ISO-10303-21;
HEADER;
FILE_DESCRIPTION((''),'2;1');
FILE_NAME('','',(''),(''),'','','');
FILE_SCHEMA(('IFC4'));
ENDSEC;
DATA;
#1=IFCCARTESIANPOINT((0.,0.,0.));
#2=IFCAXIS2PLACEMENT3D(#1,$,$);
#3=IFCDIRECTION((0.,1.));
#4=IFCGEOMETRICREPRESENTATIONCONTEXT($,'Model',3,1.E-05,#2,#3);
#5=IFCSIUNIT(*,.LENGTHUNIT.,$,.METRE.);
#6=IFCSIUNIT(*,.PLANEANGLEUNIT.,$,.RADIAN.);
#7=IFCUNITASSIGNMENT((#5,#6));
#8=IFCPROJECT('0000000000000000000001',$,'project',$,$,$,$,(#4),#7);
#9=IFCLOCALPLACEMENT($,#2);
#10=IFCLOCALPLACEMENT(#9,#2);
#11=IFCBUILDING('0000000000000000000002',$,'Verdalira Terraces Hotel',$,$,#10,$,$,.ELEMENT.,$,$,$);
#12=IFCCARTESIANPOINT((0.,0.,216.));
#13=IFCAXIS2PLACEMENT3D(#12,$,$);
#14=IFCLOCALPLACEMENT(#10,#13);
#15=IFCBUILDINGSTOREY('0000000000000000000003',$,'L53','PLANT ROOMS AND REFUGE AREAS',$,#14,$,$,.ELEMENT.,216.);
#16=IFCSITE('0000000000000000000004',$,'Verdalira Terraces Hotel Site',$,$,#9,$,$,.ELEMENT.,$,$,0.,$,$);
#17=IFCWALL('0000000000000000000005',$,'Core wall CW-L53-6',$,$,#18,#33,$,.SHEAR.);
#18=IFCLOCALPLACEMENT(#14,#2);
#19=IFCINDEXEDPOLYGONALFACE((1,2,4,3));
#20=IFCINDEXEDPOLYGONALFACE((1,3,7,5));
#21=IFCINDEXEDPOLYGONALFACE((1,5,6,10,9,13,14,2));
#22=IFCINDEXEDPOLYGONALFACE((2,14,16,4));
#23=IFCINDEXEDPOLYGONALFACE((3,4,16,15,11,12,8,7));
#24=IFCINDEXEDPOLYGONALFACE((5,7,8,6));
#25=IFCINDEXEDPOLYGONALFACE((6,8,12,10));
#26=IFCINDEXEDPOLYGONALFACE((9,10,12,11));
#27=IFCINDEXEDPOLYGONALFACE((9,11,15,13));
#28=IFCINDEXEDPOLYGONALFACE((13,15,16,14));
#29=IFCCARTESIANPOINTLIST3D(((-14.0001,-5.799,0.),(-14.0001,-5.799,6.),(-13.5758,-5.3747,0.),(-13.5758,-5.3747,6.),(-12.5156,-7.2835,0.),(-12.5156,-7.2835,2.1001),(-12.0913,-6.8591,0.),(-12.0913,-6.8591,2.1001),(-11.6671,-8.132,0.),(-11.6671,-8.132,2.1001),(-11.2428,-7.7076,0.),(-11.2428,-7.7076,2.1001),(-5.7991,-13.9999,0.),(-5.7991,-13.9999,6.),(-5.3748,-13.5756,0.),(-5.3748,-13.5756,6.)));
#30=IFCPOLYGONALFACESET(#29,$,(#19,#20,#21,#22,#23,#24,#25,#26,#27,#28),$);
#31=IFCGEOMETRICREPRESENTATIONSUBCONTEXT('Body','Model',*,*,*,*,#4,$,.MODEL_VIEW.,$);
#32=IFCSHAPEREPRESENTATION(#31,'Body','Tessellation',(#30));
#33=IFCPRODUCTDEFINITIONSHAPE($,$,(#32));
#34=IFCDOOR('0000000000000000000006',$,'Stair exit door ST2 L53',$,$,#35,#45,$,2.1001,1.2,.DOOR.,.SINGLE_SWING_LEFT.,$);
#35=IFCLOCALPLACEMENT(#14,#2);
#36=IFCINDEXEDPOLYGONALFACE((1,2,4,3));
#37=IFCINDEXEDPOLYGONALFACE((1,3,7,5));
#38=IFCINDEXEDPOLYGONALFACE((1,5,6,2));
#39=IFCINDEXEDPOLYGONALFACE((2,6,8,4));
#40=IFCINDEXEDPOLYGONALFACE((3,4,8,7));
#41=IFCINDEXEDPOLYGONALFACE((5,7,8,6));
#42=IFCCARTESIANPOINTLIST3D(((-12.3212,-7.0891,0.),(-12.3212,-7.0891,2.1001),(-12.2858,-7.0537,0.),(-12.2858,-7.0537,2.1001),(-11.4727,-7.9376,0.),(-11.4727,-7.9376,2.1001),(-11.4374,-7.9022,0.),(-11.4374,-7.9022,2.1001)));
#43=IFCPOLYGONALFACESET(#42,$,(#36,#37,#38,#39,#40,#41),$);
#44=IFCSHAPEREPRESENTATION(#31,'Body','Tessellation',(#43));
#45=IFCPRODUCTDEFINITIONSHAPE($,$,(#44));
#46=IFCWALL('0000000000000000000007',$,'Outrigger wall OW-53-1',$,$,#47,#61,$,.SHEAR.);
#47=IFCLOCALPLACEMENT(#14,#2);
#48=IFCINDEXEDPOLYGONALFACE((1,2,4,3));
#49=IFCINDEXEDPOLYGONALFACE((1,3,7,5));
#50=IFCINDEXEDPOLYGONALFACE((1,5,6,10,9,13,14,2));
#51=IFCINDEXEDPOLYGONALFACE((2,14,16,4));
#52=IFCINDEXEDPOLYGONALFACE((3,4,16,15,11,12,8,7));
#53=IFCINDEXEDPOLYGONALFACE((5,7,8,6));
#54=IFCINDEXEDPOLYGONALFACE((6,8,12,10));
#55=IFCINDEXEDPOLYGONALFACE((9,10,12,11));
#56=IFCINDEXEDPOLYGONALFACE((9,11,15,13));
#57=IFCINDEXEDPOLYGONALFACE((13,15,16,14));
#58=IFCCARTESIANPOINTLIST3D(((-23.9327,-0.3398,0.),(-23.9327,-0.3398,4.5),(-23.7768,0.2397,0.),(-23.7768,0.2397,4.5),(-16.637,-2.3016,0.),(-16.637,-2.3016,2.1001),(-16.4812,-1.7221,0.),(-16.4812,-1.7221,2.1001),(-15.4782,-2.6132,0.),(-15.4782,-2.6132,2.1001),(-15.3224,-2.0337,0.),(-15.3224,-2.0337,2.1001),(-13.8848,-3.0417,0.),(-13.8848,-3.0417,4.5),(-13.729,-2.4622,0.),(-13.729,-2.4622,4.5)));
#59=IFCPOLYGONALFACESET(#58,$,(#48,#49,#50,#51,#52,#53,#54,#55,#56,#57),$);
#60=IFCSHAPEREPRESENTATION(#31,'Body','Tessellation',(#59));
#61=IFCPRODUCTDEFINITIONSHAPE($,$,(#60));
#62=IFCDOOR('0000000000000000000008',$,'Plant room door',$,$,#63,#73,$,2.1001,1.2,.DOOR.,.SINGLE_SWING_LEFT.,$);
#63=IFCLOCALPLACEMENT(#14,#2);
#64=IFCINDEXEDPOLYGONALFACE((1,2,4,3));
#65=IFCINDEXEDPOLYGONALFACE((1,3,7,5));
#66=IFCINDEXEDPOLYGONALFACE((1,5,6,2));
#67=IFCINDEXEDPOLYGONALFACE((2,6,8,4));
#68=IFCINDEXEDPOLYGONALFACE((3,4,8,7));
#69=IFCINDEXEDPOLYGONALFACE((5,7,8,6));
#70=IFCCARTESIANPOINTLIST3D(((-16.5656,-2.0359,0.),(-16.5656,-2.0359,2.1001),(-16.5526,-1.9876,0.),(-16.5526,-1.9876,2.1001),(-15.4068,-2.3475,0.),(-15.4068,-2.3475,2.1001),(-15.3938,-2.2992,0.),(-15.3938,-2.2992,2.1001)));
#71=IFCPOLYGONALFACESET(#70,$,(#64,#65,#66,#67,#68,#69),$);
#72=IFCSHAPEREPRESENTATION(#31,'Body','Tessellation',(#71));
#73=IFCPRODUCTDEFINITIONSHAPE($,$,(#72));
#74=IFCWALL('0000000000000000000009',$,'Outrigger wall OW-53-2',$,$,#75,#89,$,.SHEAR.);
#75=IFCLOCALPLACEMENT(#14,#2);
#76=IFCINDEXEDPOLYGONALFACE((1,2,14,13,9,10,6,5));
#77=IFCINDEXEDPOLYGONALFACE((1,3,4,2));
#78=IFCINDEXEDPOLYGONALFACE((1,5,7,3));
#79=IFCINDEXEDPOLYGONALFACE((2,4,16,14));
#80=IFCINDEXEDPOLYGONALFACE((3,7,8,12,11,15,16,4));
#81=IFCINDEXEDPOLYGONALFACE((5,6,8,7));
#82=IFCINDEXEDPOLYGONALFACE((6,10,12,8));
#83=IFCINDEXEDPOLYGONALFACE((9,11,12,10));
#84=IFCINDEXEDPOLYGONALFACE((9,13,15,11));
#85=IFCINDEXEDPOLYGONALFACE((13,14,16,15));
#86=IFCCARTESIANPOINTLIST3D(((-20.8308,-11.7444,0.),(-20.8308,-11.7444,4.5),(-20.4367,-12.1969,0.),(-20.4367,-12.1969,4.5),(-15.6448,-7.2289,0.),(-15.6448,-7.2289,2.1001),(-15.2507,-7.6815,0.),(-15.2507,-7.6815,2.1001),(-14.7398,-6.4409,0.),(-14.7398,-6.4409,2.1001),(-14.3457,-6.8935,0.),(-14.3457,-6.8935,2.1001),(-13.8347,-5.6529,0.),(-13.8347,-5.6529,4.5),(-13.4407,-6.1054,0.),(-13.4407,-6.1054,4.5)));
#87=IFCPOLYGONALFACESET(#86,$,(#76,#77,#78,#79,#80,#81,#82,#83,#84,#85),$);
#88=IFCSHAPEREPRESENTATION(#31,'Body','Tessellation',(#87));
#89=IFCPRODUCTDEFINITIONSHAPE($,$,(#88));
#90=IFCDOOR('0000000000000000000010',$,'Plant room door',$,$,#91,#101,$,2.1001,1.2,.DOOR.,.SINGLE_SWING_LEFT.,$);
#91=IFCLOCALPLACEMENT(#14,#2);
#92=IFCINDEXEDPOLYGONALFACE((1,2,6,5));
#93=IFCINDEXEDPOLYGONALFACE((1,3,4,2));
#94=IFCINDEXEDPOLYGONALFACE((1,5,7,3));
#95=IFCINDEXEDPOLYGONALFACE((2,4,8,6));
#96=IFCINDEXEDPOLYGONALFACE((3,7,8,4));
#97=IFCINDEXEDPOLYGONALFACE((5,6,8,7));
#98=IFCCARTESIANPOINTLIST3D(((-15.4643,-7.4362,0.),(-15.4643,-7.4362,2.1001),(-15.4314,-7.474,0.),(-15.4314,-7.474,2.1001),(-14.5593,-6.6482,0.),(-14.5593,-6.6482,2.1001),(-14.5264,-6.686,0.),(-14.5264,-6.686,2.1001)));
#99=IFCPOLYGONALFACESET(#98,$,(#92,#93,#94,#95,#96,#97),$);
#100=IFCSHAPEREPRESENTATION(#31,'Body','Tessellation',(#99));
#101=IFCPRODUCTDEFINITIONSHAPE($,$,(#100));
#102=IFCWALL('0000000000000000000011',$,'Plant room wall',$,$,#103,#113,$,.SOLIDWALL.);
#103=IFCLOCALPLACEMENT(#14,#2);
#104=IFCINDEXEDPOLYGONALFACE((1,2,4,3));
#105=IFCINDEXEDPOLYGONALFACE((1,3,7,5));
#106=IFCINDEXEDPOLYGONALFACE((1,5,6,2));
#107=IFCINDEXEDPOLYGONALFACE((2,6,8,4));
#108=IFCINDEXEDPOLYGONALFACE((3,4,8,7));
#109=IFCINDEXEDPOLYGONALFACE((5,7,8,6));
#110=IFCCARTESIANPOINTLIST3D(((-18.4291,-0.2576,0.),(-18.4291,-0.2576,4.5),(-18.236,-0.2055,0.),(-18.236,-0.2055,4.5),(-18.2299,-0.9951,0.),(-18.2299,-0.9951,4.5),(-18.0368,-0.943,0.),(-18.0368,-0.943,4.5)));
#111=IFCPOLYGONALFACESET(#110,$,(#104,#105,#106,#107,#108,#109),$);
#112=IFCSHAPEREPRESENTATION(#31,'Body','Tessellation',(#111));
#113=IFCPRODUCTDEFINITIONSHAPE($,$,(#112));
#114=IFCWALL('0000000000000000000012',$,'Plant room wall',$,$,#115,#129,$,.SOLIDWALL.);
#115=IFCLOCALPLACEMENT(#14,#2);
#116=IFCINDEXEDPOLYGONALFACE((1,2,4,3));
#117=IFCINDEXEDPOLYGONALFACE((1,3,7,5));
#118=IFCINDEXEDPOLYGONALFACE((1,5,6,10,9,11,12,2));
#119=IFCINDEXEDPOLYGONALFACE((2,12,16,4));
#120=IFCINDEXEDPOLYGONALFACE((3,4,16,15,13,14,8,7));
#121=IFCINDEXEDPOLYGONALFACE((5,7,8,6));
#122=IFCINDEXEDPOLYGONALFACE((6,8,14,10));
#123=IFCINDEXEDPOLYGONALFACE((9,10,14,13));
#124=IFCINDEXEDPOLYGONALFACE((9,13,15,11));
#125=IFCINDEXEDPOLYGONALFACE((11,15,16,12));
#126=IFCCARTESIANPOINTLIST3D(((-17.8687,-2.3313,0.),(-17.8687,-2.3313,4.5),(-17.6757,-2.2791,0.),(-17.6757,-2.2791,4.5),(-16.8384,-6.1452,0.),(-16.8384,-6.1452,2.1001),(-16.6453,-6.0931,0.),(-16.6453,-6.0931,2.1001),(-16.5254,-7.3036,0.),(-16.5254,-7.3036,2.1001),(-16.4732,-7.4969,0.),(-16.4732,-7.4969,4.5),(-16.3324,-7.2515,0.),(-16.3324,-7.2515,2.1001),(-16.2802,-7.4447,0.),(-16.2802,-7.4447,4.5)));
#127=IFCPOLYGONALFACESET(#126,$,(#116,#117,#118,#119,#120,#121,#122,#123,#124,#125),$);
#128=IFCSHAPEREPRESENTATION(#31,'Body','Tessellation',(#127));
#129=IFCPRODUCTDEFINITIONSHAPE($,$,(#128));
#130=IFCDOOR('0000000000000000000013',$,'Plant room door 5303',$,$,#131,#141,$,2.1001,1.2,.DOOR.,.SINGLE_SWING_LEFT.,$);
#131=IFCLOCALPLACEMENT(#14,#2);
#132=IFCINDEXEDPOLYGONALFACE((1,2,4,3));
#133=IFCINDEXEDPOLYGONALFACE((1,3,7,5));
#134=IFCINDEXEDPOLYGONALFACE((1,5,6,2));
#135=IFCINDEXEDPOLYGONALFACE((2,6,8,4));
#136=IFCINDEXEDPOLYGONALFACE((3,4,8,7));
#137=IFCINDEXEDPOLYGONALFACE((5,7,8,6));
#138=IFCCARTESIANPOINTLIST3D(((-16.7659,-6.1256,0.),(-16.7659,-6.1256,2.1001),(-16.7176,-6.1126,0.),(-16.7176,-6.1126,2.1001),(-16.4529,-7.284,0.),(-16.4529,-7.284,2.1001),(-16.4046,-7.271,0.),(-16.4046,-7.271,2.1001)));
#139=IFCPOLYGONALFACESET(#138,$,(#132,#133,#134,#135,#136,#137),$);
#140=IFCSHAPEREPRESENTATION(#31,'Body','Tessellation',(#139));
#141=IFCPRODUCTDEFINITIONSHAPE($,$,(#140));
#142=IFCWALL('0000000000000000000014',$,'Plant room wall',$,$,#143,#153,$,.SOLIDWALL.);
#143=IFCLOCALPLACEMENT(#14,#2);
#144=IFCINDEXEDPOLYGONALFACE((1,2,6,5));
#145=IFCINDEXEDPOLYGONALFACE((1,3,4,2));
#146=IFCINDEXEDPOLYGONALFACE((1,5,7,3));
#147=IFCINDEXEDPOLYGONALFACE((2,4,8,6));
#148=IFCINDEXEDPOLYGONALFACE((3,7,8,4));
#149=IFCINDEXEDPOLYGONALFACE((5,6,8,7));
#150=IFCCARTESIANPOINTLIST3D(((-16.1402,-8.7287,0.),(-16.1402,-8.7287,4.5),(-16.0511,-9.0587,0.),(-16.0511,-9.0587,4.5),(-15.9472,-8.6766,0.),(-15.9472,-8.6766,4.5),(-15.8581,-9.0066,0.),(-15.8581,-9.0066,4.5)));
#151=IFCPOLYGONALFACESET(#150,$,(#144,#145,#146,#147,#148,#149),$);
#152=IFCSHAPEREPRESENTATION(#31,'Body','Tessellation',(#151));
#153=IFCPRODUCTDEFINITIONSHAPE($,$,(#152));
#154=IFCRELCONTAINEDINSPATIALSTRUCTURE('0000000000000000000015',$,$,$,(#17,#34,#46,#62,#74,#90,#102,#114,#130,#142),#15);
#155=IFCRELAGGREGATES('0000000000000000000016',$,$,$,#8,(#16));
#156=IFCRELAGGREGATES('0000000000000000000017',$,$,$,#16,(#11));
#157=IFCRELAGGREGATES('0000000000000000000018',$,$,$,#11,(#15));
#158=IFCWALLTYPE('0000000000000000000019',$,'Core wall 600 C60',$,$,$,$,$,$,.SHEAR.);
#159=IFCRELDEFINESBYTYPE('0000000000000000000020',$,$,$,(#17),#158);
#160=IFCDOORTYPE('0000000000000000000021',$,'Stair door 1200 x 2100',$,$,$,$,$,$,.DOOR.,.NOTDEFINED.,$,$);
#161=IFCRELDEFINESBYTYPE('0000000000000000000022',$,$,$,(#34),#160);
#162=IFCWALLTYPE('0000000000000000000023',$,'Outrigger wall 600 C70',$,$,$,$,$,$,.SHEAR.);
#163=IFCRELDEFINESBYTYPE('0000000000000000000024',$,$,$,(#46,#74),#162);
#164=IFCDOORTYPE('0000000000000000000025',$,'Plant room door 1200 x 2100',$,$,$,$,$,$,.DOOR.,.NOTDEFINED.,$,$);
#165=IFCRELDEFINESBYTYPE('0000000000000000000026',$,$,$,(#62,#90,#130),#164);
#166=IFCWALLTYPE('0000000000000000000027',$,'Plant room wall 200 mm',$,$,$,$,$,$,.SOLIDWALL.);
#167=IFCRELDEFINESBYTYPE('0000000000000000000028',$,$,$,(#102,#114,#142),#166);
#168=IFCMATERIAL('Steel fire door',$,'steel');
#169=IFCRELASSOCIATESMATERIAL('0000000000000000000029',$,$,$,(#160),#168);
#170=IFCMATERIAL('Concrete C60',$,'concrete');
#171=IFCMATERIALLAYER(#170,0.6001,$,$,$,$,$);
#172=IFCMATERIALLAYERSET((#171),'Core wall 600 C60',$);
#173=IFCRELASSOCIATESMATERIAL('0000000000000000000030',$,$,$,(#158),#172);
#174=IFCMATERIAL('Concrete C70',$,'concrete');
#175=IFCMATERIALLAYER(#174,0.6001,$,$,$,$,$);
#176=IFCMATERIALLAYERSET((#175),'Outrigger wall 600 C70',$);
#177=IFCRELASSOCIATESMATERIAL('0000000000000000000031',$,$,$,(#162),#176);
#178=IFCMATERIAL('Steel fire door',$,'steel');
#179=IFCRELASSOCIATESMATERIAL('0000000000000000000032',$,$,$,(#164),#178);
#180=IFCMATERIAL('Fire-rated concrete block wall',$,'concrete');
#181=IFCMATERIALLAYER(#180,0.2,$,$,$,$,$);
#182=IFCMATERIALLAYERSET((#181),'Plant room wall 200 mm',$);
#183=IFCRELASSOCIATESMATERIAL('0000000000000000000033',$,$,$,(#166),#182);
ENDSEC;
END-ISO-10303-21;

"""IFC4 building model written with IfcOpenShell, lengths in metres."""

from ifc_helpers import new_model, si_unit, direction, frame, frame_2d, origin, place, context, subcontext, project, spatial, rectangle, extrude, material, layer, layer_set, type_object, element, fill, save


model = new_model("IFC4")

# Units and contexts
model_context = context("Model", 3, precision=1e-05, world=origin(), true_north=direction((0.0, 1.0)))
body_context = subcontext(model_context, "Body", "Model", "MODEL_VIEW")
ifc_project = project(units=[si_unit("LENGTHUNIT", "METRE"), si_unit("PLANEANGLEUNIT", "RADIAN")], contexts=[model_context])

# Site, building, storey
site_placement = place(None, origin())
site = spatial("IfcSite", under=ifc_project, at=site_placement, Name="Verdalira Terraces Hotel Site", CompositionType="ELEMENT", RefElevation=0.0)
building_placement = place(site_placement, origin())
building = spatial("IfcBuilding", under=site, at=building_placement, Name="Verdalira Terraces Hotel", CompositionType="ELEMENT")
storey_placement = place(building_placement, frame((0.0, 0.0, 216.0)))
storey = spatial("IfcBuildingStorey", under=building, at=storey_placement, Name="L53", Description="PLANT ROOMS AND REFUGE AREAS", CompositionType="ELEMENT", Elevation=216.0)

# Shared definitions
ifc_material_1 = material(Name="Steel fire door", Category="steel")
door_type_1 = type_object("IfcDoorType", Name="Stair door 1200 x 2100", OperationType="NOTDEFINED", PredefinedType="DOOR", material=ifc_material_1)

# Walls, openings, doors
ifc_material_2 = material(Name="Concrete C60", Category="concrete")
ifc_layer_1 = layer(ifc_material_2, 0.6001)
ifc_layer_set_1 = layer_set([ifc_layer_1], Name="Core wall 600 C60")
wall_type_1 = type_object("IfcWallType", Name="Core wall 600 C60", PredefinedType="SHEAR", material=ifc_layer_set_1)
wall_1_placement = place(storey_placement, frame((-13.7878, -5.5869, 0.0), z_axis=(0.0, 0.0, 1.0), x_axis=(0.707107, -0.707107, 0.0)))
wall_1 = element("IfcWall", 1, at=wall_1_placement, inside=storey, type_object=wall_type_1, Name="Core wall CW-L53-6", PredefinedType="SHEAR", context=body_context, shape_type="SweptSolid", body=[
    extrude(rectangle(XDim=11.5979, YDim=0.6001, at=frame_2d((5.7988, 0.0))), origin(), (0.0, 0.0, 1.0), 6.0),
])
opening_1_placement = place(wall_1_placement, frame((2.0991, 0.0, 0.0)))
opening_1 = element("IfcOpeningElement", 2, at=opening_1_placement, cuts=wall_1, PredefinedType="OPENING", context=body_context, shape_type="SweptSolid", body=[
    extrude(rectangle(XDim=1.2, YDim=2.1001, at=frame_2d((0.6001, 1.05))), frame((0.0, 0.3101, 0.0), z_axis=(0.0, -1.0, 0.0), x_axis=(1.0, 0.0, 0.0)), (0.0, 0.0, 1.0), 0.6201),
])
door_1_placement = place(opening_1_placement, origin())
door_1 = element("IfcDoor", 3, at=door_1_placement, inside=storey, type_object=door_type_1, Name="Stair exit door ST2 L53", OperationType="SINGLE_SWING_LEFT", OverallHeight=2.1001, OverallWidth=1.2, PredefinedType="DOOR", context=body_context, shape_type="SweptSolid", body=[
    extrude(rectangle(XDim=1.2, YDim=2.1001, at=frame_2d((0.6001, 1.05))), frame((0.0, 0.0249, 0.0), z_axis=(0.0, -1.0, 0.0), x_axis=(1.0, 0.0, 0.0)), (0.0, 0.0, 1.0), 0.05),
])
fill(opening_1, door_1)
ifc_material_3 = material(Name="Concrete C70", Category="concrete")
ifc_layer_2 = layer(ifc_material_3, 0.6001)
ifc_layer_set_2 = layer_set([ifc_layer_2], Name="Outrigger wall 600 C70")
wall_type_2 = type_object("IfcWallType", Name="Outrigger wall 600 C70", PredefinedType="SHEAR", material=ifc_layer_set_2)
wall_2_placement = place(storey_placement, frame((-13.8069, -2.752, 0.0), z_axis=(0.0, 0.0, 1.0), x_axis=(-0.965695, 0.259679, 0.0)))
wall_2 = element("IfcWall", 4, at=wall_2_placement, inside=storey, type_object=wall_type_2, Name="Outrigger wall OW-53-1", PredefinedType="SHEAR", context=body_context, shape_type="SweptSolid", body=[
    extrude(rectangle(XDim=10.4048, YDim=0.6001, at=frame_2d((5.2024, 0.0))), origin(), (0.0, 0.0, 1.0), 4.5),
])
opening_2_placement = place(wall_2_placement, frame((1.6499, 0.0, 0.0)))
opening_2 = element("IfcOpeningElement", 5, at=opening_2_placement, cuts=wall_2, PredefinedType="OPENING", context=body_context, shape_type="SweptSolid", body=[
    extrude(rectangle(XDim=1.2, YDim=2.1001, at=frame_2d((0.6001, 1.05))), frame((0.0, 0.3101, 0.0), z_axis=(0.0, -1.0, 0.0), x_axis=(1.0, 0.0, 0.0)), (0.0, 0.0, 1.0), 0.6201),
])
ifc_material_4 = material(Name="Steel fire door", Category="steel")
door_type_2 = type_object("IfcDoorType", Name="Plant room door 1200 x 2100", OperationType="NOTDEFINED", PredefinedType="DOOR", material=ifc_material_4)
door_2_placement = place(opening_2_placement, origin())
door_2 = element("IfcDoor", 6, at=door_2_placement, inside=storey, type_object=door_type_2, Name="Plant room door", OperationType="SINGLE_SWING_LEFT", OverallHeight=2.1001, OverallWidth=1.2, PredefinedType="DOOR", context=body_context, shape_type="SweptSolid", body=[
    extrude(rectangle(XDim=1.2, YDim=2.1001, at=frame_2d((0.6001, 1.05))), frame((0.0, 0.0249, 0.0), z_axis=(0.0, -1.0, 0.0), x_axis=(1.0, 0.0, 0.0)), (0.0, 0.0, 1.0), 0.05),
])
fill(opening_2, door_2)
wall_3_placement = place(storey_placement, frame((-13.6377, -5.8792, 0.0), z_axis=(0.0, 0.0, 1.0), x_axis=(-0.754179, -0.656669, 0.0)))
wall_3 = element("IfcWall", 7, at=wall_3_placement, inside=storey, type_object=wall_type_2, Name="Outrigger wall OW-53-2", PredefinedType="SHEAR", context=body_context, shape_type="SweptSolid", body=[
    extrude(rectangle(XDim=9.2764, YDim=0.6001, at=frame_2d((4.6382, 0.0))), origin(), (0.0, 0.0, 1.0), 4.5),
])
opening_3_placement = place(wall_3_placement, frame((1.2, 0.0, 0.0)))
opening_3 = element("IfcOpeningElement", 8, at=opening_3_placement, cuts=wall_3, PredefinedType="OPENING", context=body_context, shape_type="SweptSolid", body=[
    extrude(rectangle(XDim=1.2, YDim=2.1001, at=frame_2d((0.6001, 1.05))), frame((0.0, 0.3101, 0.0), z_axis=(0.0, -1.0, 0.0), x_axis=(1.0, 0.0, 0.0)), (0.0, 0.0, 1.0), 0.6201),
])
door_3_placement = place(opening_3_placement, origin())
door_3 = element("IfcDoor", 9, at=door_3_placement, inside=storey, type_object=door_type_2, Name="Plant room door", OperationType="SINGLE_SWING_LEFT", OverallHeight=2.1001, OverallWidth=1.2, PredefinedType="DOOR", context=body_context, shape_type="SweptSolid", body=[
    extrude(rectangle(XDim=1.2, YDim=2.1001, at=frame_2d((0.6001, 1.05))), frame((0.0, 0.0249, 0.0), z_axis=(0.0, -1.0, 0.0), x_axis=(1.0, 0.0, 0.0)), (0.0, 0.0, 1.0), 0.05),
])
fill(opening_3, door_3)

# Wall
ifc_material_5 = material(Name="Fire-rated concrete block wall", Category="concrete")
ifc_layer_3 = layer(ifc_material_5, 0.2)
ifc_layer_set_3 = layer_set([ifc_layer_3], Name="Plant room wall 200 mm")
wall_type_3 = type_object("IfcWallType", Name="Plant room wall 200 mm", PredefinedType="SOLIDWALL", material=ifc_layer_set_3)
wall_4_placement = place(storey_placement, frame((-18.3325, -0.2317, 0.0), z_axis=(0.0, 0.0, 1.0), x_axis=(0.260764, -0.965403, 0.0)))
element("IfcWall", 10, at=wall_4_placement, inside=storey, type_object=wall_type_3, Name="Plant room wall", PredefinedType="SOLIDWALL", context=body_context, shape_type="SweptSolid", body=[
    extrude(rectangle(XDim=0.7639, YDim=0.2, at=frame_2d((0.3818, 0.0))), origin(), (0.0, 0.0, 1.0), 4.5),
])

# Wall, opening, door
wall_5_placement = place(storey_placement, frame((-16.3767, -7.4707, 0.0), z_axis=(0.0, 0.0, 1.0), x_axis=(-0.260808, 0.965391, 0.0)))
wall_5 = element("IfcWall", 11, at=wall_5_placement, inside=storey, type_object=wall_type_3, Name="Plant room wall", PredefinedType="SOLIDWALL", context=body_context, shape_type="SweptSolid", body=[
    extrude(rectangle(XDim=5.3508, YDim=0.2, at=frame_2d((2.6753, 0.0))), origin(), (0.0, 0.0, 1.0), 4.5),
])
opening_4_placement = place(wall_5_placement, frame((0.2, 0.0, 0.0)))
opening_4 = element("IfcOpeningElement", 12, at=opening_4_placement, cuts=wall_5, PredefinedType="OPENING", context=body_context, shape_type="SweptSolid", body=[
    extrude(rectangle(XDim=1.2, YDim=2.1001, at=frame_2d((0.6001, 1.05))), frame((0.0, 0.1099, 0.0), z_axis=(0.0, -1.0, 0.0), x_axis=(1.0, 0.0, 0.0)), (0.0, 0.0, 1.0), 0.22),
])
door_4_placement = place(opening_4_placement, origin())
door_4 = element("IfcDoor", 13, at=door_4_placement, inside=storey, type_object=door_type_2, Name="Plant room door 5303", OperationType="SINGLE_SWING_LEFT", OverallHeight=2.1001, OverallWidth=1.2, PredefinedType="DOOR", context=body_context, shape_type="SweptSolid", body=[
    extrude(rectangle(XDim=1.2, YDim=2.1001, at=frame_2d((0.6001, 1.05))), frame((0.0, 0.0249, 0.0), z_axis=(0.0, -1.0, 0.0), x_axis=(1.0, 0.0, 0.0)), (0.0, 0.0, 1.0), 0.05),
])
fill(opening_4, door_4)

# Wall
wall_6_placement = place(storey_placement, frame((-16.0437, -8.7026, 0.0), z_axis=(0.0, 0.0, 1.0), x_axis=(0.260639, -0.965436, 0.0)))
element("IfcWall", 14, at=wall_6_placement, inside=storey, type_object=wall_type_3, Name="Plant room wall", PredefinedType="SOLIDWALL", context=body_context, shape_type="SweptSolid", body=[
    extrude(rectangle(XDim=0.3418, YDim=0.2, at=frame_2d((0.1709, 0.0))), origin(), (0.0, 0.0, 1.0), 4.5),
])

save(model, "model.ifc")
